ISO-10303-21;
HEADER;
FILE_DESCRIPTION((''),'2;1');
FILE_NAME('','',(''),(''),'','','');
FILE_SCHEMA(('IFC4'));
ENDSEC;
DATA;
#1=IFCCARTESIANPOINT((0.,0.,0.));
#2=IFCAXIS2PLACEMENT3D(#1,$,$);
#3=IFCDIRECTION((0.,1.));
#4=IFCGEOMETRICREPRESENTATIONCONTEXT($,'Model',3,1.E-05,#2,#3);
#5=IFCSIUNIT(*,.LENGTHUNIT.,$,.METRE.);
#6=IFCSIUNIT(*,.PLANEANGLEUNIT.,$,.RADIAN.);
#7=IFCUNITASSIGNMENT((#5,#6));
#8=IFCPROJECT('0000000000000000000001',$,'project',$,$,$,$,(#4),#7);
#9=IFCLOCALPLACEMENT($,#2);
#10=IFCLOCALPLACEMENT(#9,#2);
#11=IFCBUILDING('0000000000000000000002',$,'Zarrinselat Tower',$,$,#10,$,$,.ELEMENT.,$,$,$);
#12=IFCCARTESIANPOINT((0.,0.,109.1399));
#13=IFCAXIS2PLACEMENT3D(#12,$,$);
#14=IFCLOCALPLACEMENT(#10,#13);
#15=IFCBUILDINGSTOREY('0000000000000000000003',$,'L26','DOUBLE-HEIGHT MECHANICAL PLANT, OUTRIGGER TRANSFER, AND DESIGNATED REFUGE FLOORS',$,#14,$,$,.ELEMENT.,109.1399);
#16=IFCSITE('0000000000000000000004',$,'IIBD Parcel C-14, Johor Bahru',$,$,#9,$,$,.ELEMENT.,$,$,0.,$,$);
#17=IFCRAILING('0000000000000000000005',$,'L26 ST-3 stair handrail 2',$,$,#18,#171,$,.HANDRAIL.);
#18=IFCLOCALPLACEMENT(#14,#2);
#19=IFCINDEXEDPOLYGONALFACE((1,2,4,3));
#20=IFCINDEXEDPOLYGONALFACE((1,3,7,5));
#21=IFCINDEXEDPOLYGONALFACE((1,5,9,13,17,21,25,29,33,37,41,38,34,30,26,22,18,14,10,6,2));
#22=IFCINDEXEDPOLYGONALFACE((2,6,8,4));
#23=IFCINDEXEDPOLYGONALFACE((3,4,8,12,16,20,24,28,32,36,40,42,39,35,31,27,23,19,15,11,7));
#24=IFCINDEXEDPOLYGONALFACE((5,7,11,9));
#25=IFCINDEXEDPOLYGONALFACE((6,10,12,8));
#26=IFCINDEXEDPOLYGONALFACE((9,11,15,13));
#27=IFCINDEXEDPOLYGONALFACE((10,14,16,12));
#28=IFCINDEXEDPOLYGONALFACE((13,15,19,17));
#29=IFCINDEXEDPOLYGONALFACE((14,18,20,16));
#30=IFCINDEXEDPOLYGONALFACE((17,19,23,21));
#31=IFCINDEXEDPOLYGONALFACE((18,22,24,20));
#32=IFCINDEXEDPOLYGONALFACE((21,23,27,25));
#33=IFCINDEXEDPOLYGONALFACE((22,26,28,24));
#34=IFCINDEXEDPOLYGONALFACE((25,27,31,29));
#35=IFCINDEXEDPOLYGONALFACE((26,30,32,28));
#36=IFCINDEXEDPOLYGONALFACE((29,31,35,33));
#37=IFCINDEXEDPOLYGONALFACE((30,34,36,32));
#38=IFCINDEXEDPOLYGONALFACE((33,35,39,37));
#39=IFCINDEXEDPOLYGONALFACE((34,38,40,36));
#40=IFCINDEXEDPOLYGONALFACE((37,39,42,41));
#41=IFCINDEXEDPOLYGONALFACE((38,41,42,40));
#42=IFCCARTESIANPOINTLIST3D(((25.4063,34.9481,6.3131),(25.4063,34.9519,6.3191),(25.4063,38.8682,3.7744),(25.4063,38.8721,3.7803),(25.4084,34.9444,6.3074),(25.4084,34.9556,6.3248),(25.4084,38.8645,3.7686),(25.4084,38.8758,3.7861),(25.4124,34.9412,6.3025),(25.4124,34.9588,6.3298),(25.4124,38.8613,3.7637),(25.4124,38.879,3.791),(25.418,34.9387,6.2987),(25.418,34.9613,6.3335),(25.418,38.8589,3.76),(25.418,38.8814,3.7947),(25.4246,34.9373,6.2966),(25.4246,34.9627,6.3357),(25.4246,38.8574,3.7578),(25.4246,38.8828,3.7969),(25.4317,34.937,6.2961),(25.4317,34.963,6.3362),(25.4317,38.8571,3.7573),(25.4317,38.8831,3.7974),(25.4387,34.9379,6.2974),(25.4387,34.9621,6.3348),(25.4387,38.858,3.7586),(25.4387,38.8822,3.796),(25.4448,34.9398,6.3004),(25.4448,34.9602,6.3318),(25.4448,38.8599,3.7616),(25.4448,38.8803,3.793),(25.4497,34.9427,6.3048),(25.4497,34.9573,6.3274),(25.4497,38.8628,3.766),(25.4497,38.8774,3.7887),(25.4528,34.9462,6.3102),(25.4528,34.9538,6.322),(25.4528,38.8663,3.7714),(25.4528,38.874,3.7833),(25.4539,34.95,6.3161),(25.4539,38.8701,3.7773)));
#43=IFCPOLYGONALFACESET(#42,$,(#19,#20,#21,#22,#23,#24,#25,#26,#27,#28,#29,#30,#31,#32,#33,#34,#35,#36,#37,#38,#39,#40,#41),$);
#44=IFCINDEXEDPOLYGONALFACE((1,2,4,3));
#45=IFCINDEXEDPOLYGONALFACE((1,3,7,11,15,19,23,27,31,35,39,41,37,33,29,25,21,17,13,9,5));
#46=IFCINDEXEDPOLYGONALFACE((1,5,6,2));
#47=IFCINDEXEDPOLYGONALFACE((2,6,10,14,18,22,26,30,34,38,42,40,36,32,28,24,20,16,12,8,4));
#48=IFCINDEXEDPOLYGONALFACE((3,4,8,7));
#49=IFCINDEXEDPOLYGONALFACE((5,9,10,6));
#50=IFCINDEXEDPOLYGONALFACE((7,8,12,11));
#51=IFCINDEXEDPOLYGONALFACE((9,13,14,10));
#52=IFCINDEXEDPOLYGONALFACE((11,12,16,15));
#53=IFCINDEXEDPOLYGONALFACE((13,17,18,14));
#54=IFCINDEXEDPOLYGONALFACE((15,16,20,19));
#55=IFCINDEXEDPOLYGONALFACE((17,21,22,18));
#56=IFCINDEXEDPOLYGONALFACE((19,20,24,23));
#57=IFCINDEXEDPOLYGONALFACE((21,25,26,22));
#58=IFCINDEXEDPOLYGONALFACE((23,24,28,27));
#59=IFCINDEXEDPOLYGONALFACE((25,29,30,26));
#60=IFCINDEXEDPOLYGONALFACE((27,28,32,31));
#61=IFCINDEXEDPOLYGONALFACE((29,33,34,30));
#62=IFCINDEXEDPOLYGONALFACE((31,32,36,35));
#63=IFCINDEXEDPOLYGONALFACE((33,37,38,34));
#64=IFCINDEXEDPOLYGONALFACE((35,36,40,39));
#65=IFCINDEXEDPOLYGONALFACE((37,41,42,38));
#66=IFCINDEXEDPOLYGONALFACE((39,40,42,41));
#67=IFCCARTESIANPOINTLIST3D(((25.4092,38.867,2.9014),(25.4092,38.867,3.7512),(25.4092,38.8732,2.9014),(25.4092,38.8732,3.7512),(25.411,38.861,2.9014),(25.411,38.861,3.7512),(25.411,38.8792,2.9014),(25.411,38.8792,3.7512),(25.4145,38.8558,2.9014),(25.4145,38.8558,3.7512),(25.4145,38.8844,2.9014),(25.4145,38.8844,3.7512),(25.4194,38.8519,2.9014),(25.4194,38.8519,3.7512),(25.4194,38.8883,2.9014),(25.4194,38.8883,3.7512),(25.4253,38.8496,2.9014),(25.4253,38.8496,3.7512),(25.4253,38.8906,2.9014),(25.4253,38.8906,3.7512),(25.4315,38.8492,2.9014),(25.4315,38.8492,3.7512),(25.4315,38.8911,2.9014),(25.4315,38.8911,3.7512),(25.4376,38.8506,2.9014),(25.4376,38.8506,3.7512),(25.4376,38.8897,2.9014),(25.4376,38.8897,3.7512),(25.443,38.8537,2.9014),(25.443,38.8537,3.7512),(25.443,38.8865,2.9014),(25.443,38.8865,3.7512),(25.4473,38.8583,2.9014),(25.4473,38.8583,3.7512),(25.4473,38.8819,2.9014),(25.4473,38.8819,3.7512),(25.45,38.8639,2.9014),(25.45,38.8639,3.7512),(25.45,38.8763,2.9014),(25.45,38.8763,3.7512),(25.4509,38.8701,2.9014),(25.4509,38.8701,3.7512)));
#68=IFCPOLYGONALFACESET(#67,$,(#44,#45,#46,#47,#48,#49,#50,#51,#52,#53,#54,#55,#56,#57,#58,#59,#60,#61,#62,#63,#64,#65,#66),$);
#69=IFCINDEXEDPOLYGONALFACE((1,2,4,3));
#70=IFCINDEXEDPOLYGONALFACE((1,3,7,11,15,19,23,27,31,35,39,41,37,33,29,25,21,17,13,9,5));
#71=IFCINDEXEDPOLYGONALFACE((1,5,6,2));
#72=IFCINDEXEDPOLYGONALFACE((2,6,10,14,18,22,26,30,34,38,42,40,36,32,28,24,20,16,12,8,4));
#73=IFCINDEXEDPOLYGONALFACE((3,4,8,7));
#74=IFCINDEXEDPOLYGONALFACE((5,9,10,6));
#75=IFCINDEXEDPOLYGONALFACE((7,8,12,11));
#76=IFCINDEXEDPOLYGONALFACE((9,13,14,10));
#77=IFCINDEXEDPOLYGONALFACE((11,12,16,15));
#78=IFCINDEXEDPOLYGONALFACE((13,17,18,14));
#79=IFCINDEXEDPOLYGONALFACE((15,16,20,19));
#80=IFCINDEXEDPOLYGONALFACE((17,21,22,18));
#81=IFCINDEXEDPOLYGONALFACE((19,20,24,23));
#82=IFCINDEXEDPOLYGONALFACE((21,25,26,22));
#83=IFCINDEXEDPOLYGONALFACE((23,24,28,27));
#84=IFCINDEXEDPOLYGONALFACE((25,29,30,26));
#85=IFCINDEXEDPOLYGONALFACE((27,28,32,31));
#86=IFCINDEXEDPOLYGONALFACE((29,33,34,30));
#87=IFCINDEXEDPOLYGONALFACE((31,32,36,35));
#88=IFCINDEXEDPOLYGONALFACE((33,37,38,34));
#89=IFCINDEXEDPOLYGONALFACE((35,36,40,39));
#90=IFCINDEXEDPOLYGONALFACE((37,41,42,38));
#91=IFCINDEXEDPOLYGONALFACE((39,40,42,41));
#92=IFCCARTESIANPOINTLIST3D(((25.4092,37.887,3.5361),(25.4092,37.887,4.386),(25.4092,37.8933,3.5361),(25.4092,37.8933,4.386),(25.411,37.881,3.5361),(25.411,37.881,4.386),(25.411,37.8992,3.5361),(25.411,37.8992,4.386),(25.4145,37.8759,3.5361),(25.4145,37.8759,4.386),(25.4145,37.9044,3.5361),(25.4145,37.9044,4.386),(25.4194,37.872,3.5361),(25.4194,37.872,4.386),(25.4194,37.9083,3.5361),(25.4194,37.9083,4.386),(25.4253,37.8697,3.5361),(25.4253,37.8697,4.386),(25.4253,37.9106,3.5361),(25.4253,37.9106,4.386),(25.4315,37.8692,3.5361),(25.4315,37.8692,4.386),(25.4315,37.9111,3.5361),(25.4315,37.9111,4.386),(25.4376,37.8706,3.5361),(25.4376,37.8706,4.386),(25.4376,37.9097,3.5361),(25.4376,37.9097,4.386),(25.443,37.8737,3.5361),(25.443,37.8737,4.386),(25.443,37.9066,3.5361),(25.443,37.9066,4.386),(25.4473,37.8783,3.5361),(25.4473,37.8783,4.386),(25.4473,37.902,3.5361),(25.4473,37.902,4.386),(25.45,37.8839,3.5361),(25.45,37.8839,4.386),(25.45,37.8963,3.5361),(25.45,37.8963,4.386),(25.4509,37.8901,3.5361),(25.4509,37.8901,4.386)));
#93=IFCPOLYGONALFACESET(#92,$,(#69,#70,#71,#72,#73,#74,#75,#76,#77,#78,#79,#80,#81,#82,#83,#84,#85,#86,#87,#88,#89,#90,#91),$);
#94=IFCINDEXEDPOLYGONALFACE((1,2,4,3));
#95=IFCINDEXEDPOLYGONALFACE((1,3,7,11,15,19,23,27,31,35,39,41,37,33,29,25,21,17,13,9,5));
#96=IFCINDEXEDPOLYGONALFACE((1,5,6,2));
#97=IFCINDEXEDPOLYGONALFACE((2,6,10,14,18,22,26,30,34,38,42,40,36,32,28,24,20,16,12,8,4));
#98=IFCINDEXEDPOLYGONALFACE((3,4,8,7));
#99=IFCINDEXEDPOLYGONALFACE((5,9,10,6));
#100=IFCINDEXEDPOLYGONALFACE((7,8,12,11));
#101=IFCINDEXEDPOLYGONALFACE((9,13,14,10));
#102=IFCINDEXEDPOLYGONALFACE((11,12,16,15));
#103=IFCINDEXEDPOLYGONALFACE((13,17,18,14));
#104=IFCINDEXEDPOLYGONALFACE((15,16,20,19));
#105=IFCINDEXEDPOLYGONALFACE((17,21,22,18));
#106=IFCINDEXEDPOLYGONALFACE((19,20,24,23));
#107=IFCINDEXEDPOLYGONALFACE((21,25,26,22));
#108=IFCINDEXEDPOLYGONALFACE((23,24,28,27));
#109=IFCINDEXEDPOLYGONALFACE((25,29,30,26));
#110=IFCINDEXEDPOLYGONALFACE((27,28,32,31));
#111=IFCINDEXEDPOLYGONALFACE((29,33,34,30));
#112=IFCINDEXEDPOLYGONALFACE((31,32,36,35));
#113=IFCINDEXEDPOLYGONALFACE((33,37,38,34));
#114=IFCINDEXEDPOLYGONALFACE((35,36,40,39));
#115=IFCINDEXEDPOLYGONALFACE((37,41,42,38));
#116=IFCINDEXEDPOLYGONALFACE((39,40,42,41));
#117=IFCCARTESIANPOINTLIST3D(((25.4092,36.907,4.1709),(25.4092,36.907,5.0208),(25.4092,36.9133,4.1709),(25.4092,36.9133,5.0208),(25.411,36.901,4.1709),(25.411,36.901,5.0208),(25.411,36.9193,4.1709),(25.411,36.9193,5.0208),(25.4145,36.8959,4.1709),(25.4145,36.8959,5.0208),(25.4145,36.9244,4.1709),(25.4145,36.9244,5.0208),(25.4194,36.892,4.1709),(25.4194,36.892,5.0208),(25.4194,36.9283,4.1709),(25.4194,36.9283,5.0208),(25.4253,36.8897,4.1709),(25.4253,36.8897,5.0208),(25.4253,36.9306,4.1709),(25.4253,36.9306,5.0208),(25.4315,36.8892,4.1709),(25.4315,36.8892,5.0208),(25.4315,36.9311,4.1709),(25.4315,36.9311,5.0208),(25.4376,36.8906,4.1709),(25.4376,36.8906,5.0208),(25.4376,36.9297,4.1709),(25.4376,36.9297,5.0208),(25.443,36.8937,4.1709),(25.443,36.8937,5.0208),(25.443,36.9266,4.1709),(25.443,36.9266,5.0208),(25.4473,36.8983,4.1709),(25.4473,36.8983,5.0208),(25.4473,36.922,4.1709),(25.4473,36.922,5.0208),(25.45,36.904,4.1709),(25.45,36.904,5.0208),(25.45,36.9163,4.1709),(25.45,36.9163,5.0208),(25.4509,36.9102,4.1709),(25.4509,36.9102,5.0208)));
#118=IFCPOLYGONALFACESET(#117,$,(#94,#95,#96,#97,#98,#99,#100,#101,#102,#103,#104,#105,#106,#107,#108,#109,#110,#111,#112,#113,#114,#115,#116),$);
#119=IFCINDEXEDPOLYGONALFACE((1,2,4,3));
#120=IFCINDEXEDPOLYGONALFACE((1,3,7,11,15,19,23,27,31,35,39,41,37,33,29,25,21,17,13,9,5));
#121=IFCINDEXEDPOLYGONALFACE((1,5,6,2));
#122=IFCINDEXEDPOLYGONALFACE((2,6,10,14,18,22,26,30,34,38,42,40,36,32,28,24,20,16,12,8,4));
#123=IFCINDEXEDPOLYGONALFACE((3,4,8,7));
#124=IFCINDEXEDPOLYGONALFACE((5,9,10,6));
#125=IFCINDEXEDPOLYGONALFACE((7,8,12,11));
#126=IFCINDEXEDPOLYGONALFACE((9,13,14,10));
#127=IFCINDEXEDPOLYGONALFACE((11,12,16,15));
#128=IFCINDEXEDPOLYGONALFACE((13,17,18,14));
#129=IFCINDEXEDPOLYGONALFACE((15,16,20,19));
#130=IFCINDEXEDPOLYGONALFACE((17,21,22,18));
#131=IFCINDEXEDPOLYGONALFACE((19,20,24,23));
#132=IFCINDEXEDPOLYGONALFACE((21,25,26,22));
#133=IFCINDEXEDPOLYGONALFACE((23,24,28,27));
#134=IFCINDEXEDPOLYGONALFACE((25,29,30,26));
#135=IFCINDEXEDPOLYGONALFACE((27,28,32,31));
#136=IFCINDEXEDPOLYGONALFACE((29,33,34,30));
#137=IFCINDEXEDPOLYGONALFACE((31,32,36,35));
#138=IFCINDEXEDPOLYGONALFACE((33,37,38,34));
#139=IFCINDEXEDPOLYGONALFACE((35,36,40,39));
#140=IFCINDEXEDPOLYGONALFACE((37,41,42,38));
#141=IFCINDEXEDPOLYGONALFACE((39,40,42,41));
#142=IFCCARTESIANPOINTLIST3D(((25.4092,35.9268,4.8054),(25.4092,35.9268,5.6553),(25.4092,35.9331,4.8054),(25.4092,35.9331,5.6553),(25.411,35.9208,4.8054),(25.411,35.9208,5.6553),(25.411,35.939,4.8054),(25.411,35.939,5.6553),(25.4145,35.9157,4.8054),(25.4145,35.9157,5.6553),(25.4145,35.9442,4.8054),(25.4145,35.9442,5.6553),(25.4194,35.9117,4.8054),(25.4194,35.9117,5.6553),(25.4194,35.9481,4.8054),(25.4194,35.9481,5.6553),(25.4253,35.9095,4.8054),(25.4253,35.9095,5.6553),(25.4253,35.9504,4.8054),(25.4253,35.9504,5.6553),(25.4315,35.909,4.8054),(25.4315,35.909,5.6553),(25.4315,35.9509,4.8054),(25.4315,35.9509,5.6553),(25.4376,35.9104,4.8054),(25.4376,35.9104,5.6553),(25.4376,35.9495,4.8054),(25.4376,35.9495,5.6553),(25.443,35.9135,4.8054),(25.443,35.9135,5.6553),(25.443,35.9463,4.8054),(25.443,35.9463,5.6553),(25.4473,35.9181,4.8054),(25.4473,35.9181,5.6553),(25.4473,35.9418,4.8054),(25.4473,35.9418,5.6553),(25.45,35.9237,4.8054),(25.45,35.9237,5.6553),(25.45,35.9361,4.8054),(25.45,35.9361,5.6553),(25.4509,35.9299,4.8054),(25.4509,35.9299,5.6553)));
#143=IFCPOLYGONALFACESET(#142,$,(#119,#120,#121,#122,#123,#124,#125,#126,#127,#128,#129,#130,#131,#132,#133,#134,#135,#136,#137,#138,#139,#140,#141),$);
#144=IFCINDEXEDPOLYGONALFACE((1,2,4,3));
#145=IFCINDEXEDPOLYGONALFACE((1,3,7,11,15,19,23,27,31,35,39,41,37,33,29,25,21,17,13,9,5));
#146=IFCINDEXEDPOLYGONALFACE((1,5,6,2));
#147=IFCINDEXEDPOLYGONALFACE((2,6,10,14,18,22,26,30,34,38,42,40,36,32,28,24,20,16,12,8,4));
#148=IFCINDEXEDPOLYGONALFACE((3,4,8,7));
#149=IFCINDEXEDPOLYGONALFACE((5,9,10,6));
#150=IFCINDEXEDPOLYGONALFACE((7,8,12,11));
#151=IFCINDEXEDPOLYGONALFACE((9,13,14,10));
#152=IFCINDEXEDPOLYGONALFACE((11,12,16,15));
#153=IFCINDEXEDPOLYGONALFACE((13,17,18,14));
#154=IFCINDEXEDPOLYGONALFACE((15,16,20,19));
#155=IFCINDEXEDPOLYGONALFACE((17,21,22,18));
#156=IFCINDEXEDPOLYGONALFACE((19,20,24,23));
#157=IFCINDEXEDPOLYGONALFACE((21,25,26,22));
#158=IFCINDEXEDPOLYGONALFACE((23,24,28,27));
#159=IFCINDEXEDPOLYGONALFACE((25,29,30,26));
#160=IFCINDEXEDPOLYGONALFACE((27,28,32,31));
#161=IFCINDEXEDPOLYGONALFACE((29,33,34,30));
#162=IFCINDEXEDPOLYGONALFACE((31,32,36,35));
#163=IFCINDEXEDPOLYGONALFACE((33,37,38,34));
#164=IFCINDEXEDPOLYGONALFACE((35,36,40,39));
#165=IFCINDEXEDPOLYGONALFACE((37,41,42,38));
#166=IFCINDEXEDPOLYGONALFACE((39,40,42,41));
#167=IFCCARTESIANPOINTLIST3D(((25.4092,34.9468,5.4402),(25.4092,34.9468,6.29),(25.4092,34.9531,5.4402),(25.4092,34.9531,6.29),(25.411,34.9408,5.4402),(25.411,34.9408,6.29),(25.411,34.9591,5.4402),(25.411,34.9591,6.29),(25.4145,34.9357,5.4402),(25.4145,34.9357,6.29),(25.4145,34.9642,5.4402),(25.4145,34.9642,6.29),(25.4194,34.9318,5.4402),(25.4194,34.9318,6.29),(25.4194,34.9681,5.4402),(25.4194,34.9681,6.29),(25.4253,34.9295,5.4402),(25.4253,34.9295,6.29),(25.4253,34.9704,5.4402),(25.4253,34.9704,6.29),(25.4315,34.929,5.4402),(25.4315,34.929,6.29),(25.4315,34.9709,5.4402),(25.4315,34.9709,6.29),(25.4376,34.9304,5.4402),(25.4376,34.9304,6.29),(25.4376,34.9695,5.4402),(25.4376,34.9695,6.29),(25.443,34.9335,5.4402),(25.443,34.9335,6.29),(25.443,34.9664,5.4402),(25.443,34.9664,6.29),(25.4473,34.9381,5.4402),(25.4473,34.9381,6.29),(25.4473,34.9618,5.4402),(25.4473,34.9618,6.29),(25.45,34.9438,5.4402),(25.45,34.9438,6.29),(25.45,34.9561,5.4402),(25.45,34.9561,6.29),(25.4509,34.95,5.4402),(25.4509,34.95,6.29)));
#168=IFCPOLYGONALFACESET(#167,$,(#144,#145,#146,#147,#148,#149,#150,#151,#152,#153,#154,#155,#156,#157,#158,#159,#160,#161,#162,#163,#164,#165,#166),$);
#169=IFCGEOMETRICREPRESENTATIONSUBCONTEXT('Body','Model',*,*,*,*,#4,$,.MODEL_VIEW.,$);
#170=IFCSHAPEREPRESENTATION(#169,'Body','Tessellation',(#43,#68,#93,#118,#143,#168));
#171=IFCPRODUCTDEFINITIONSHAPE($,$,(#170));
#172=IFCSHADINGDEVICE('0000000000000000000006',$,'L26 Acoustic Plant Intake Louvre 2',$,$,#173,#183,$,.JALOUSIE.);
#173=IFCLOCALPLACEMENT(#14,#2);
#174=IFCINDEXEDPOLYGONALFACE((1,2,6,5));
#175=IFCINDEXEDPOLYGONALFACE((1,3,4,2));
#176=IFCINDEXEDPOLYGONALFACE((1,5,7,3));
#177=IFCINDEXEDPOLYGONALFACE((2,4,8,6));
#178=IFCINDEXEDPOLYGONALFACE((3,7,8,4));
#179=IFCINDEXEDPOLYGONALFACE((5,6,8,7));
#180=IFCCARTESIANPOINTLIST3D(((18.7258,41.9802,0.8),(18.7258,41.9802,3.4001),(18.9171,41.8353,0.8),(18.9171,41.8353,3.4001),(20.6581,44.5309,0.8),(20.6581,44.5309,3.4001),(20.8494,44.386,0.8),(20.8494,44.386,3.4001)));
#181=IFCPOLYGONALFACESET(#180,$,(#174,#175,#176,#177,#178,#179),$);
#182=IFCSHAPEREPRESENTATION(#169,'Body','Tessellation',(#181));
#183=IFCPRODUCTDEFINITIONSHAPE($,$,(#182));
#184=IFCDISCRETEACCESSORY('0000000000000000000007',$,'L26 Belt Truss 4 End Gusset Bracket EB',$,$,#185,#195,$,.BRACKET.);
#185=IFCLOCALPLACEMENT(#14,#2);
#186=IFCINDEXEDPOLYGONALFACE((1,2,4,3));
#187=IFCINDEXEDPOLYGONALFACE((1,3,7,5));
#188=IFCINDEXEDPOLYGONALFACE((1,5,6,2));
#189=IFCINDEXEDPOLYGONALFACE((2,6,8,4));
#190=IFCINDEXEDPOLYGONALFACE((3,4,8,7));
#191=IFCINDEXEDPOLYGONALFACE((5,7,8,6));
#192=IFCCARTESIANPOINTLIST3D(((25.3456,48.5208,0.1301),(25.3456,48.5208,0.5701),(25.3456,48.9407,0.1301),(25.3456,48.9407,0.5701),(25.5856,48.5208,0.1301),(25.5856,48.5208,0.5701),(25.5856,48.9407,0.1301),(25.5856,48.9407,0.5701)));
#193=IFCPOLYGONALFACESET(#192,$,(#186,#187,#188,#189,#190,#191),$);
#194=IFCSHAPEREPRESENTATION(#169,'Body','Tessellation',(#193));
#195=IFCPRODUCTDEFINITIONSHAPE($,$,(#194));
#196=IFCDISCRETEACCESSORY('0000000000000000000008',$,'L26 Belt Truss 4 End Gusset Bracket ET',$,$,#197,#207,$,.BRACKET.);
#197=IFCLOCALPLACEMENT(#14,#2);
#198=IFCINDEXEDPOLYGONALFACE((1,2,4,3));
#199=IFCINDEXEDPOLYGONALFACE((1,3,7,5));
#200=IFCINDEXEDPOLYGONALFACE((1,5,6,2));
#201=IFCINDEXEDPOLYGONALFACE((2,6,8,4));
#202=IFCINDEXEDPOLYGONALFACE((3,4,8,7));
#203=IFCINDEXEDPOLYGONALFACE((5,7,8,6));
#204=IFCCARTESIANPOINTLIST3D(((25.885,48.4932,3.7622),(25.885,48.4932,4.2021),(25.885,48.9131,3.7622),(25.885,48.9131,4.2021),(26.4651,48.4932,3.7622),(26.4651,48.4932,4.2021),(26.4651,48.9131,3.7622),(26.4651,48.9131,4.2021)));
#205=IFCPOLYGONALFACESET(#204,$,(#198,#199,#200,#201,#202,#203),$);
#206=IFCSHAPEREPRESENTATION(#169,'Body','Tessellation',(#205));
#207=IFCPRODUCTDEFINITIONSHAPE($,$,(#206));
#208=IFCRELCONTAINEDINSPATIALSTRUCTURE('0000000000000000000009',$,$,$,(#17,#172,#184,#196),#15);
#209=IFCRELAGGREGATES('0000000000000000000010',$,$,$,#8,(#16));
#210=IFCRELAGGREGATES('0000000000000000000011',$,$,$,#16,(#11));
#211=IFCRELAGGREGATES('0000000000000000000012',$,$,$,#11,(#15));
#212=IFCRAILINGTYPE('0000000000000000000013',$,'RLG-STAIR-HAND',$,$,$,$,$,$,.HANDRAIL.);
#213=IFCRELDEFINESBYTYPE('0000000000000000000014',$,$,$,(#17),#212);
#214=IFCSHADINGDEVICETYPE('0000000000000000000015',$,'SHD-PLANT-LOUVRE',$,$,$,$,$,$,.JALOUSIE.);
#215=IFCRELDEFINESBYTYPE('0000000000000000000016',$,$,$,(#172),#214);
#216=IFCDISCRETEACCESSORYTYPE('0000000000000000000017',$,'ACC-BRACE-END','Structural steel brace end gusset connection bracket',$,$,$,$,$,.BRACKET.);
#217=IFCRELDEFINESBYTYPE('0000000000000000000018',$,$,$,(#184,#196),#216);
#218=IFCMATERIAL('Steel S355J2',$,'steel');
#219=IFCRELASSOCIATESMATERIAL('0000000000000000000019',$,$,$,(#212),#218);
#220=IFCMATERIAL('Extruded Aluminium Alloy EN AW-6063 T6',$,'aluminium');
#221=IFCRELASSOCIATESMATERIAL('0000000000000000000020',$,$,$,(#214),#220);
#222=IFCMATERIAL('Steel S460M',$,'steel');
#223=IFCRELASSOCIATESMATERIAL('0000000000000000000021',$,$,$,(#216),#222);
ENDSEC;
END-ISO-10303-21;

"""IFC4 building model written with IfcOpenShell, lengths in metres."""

from ifc_helpers import new_model, si_unit, direction, frame, origin, origin_2d, place, context, subcontext, project, spatial, rectangle, circle, extrude, material, type_object, element, save


model = new_model("IFC4")

# Units and contexts
model_context = context("Model", 3, precision=1e-05, world=origin(), true_north=direction((0.0, 1.0)))
body_context = subcontext(model_context, "Body", "Model", "MODEL_VIEW")
ifc_project = project(units=[si_unit("LENGTHUNIT", "METRE"), si_unit("PLANEANGLEUNIT", "RADIAN")], contexts=[model_context])

# Site, building, storey
site_placement = place(None, origin())
site = spatial("IfcSite", under=ifc_project, at=site_placement, Name="IIBD Parcel C-14, Johor Bahru", CompositionType="ELEMENT", RefElevation=0.0)
building_placement = place(site_placement, origin())
building = spatial("IfcBuilding", under=site, at=building_placement, Name="Zarrinselat Tower", CompositionType="ELEMENT")
storey_placement = place(building_placement, frame((0.0, 0.0, 109.1399)))
storey = spatial("IfcBuildingStorey", under=building, at=storey_placement, Name="L26", Description="DOUBLE-HEIGHT MECHANICAL PLANT, OUTRIGGER TRANSFER, AND DESIGNATED REFUGE FLOORS", CompositionType="ELEMENT", Elevation=109.1399)

# Railing
ifc_material_1 = material(Name="Steel S355J2", Category="steel")
railing_type_1 = type_object("IfcRailingType", Name="RLG-STAIR-HAND", PredefinedType="HANDRAIL", material=ifc_material_1)
railing_1_placement = place(storey_placement, frame((25.4299, 38.8701, 2.9014)))
element("IfcRailing", 1, at=railing_1_placement, inside=storey, type_object=railing_type_1, Name="L26 ST-3 stair handrail 2", PredefinedType="HANDRAIL", context=body_context, shape_type="SweptSolid", body=[
    extrude(circle(Radius=0.0239, at=origin_2d()), frame((0.0, 0.0, 0.876), z_axis=(0.0, -0.839351, 0.543589), x_axis=(1.0, 0.0, 0.0)), (0.0, 0.0, 1.0), 4.6704),
    extrude(circle(Radius=0.021, at=origin_2d()), origin(), (0.0, 0.0, 1.0), 0.8499),
    extrude(circle(Radius=0.021, at=origin_2d()), frame((0.0, -0.98, 0.6348)), (0.0, 0.0, 1.0), 0.8499),
    extrude(circle(Radius=0.021, at=origin_2d()), frame((0.0, -1.96, 1.2695)), (0.0, 0.0, 1.0), 0.8499),
    extrude(circle(Radius=0.021, at=origin_2d()), frame((0.0, -2.9402, 1.9041)), (0.0, 0.0, 1.0), 0.8499),
    extrude(circle(Radius=0.021, at=origin_2d()), frame((0.0, -3.9202, 2.5388)), (0.0, 0.0, 1.0), 0.8499),
])

# Shading device
ifc_material_2 = material(Name="Extruded Aluminium Alloy EN AW-6063 T6", Category="aluminium")
shading_device_type = type_object("IfcShadingDeviceType", Name="SHD-PLANT-LOUVRE", PredefinedType="JALOUSIE", material=ifc_material_2)
shading_device_placement = place(storey_placement, frame((19.7876, 43.1831, 0.8), z_axis=(0.0, 0.0, 1.0), x_axis=(-0.603858, -0.797092, 0.0)))
element("IfcShadingDevice", 2, at=shading_device_placement, inside=storey, type_object=shading_device_type, Name="L26 Acoustic Plant Intake Louvre 2", PredefinedType="JALOUSIE", context=body_context, shape_type="SweptSolid", body=[
    extrude(rectangle(XDim=3.2, YDim=0.24, at=origin_2d()), origin(), (0.0, 0.0, 1.0), 2.6001),
])

# Discrete accessories
ifc_material_3 = material(Name="Steel S460M", Category="steel")
discrete_accessory_type = type_object("IfcDiscreteAccessoryType", Name="ACC-BRACE-END", Description="Structural steel brace end gusset connection bracket", PredefinedType="BRACKET", material=ifc_material_3)
discrete_accessory_1_placement = place(storey_placement, frame((25.4656, 48.7307, 0.1301), z_axis=(0.0, 0.0, 1.0), x_axis=(-1.0, 0.0, 0.0)))
element("IfcDiscreteAccessory", 3, at=discrete_accessory_1_placement, inside=storey, type_object=discrete_accessory_type, Name="L26 Belt Truss 4 End Gusset Bracket EB", PredefinedType="BRACKET", context=body_context, shape_type="SweptSolid", body=[
    extrude(rectangle(XDim=0.24, YDim=0.4199, at=origin_2d()), origin(), (0.0, 0.0, 1.0), 0.4399),
])
discrete_accessory_2_placement = place(storey_placement, frame((26.175, 48.7031, 3.7622), z_axis=(0.0, 0.0, 1.0), x_axis=(-1.0, 0.0, 0.0)))
element("IfcDiscreteAccessory", 4, at=discrete_accessory_2_placement, inside=storey, type_object=discrete_accessory_type, Name="L26 Belt Truss 4 End Gusset Bracket ET", PredefinedType="BRACKET", context=body_context, shape_type="SweptSolid", body=[
    extrude(rectangle(XDim=0.5801, YDim=0.4199, at=origin_2d()), origin(), (0.0, 0.0, 1.0), 0.4399),
])

save(model, "model.ifc")
